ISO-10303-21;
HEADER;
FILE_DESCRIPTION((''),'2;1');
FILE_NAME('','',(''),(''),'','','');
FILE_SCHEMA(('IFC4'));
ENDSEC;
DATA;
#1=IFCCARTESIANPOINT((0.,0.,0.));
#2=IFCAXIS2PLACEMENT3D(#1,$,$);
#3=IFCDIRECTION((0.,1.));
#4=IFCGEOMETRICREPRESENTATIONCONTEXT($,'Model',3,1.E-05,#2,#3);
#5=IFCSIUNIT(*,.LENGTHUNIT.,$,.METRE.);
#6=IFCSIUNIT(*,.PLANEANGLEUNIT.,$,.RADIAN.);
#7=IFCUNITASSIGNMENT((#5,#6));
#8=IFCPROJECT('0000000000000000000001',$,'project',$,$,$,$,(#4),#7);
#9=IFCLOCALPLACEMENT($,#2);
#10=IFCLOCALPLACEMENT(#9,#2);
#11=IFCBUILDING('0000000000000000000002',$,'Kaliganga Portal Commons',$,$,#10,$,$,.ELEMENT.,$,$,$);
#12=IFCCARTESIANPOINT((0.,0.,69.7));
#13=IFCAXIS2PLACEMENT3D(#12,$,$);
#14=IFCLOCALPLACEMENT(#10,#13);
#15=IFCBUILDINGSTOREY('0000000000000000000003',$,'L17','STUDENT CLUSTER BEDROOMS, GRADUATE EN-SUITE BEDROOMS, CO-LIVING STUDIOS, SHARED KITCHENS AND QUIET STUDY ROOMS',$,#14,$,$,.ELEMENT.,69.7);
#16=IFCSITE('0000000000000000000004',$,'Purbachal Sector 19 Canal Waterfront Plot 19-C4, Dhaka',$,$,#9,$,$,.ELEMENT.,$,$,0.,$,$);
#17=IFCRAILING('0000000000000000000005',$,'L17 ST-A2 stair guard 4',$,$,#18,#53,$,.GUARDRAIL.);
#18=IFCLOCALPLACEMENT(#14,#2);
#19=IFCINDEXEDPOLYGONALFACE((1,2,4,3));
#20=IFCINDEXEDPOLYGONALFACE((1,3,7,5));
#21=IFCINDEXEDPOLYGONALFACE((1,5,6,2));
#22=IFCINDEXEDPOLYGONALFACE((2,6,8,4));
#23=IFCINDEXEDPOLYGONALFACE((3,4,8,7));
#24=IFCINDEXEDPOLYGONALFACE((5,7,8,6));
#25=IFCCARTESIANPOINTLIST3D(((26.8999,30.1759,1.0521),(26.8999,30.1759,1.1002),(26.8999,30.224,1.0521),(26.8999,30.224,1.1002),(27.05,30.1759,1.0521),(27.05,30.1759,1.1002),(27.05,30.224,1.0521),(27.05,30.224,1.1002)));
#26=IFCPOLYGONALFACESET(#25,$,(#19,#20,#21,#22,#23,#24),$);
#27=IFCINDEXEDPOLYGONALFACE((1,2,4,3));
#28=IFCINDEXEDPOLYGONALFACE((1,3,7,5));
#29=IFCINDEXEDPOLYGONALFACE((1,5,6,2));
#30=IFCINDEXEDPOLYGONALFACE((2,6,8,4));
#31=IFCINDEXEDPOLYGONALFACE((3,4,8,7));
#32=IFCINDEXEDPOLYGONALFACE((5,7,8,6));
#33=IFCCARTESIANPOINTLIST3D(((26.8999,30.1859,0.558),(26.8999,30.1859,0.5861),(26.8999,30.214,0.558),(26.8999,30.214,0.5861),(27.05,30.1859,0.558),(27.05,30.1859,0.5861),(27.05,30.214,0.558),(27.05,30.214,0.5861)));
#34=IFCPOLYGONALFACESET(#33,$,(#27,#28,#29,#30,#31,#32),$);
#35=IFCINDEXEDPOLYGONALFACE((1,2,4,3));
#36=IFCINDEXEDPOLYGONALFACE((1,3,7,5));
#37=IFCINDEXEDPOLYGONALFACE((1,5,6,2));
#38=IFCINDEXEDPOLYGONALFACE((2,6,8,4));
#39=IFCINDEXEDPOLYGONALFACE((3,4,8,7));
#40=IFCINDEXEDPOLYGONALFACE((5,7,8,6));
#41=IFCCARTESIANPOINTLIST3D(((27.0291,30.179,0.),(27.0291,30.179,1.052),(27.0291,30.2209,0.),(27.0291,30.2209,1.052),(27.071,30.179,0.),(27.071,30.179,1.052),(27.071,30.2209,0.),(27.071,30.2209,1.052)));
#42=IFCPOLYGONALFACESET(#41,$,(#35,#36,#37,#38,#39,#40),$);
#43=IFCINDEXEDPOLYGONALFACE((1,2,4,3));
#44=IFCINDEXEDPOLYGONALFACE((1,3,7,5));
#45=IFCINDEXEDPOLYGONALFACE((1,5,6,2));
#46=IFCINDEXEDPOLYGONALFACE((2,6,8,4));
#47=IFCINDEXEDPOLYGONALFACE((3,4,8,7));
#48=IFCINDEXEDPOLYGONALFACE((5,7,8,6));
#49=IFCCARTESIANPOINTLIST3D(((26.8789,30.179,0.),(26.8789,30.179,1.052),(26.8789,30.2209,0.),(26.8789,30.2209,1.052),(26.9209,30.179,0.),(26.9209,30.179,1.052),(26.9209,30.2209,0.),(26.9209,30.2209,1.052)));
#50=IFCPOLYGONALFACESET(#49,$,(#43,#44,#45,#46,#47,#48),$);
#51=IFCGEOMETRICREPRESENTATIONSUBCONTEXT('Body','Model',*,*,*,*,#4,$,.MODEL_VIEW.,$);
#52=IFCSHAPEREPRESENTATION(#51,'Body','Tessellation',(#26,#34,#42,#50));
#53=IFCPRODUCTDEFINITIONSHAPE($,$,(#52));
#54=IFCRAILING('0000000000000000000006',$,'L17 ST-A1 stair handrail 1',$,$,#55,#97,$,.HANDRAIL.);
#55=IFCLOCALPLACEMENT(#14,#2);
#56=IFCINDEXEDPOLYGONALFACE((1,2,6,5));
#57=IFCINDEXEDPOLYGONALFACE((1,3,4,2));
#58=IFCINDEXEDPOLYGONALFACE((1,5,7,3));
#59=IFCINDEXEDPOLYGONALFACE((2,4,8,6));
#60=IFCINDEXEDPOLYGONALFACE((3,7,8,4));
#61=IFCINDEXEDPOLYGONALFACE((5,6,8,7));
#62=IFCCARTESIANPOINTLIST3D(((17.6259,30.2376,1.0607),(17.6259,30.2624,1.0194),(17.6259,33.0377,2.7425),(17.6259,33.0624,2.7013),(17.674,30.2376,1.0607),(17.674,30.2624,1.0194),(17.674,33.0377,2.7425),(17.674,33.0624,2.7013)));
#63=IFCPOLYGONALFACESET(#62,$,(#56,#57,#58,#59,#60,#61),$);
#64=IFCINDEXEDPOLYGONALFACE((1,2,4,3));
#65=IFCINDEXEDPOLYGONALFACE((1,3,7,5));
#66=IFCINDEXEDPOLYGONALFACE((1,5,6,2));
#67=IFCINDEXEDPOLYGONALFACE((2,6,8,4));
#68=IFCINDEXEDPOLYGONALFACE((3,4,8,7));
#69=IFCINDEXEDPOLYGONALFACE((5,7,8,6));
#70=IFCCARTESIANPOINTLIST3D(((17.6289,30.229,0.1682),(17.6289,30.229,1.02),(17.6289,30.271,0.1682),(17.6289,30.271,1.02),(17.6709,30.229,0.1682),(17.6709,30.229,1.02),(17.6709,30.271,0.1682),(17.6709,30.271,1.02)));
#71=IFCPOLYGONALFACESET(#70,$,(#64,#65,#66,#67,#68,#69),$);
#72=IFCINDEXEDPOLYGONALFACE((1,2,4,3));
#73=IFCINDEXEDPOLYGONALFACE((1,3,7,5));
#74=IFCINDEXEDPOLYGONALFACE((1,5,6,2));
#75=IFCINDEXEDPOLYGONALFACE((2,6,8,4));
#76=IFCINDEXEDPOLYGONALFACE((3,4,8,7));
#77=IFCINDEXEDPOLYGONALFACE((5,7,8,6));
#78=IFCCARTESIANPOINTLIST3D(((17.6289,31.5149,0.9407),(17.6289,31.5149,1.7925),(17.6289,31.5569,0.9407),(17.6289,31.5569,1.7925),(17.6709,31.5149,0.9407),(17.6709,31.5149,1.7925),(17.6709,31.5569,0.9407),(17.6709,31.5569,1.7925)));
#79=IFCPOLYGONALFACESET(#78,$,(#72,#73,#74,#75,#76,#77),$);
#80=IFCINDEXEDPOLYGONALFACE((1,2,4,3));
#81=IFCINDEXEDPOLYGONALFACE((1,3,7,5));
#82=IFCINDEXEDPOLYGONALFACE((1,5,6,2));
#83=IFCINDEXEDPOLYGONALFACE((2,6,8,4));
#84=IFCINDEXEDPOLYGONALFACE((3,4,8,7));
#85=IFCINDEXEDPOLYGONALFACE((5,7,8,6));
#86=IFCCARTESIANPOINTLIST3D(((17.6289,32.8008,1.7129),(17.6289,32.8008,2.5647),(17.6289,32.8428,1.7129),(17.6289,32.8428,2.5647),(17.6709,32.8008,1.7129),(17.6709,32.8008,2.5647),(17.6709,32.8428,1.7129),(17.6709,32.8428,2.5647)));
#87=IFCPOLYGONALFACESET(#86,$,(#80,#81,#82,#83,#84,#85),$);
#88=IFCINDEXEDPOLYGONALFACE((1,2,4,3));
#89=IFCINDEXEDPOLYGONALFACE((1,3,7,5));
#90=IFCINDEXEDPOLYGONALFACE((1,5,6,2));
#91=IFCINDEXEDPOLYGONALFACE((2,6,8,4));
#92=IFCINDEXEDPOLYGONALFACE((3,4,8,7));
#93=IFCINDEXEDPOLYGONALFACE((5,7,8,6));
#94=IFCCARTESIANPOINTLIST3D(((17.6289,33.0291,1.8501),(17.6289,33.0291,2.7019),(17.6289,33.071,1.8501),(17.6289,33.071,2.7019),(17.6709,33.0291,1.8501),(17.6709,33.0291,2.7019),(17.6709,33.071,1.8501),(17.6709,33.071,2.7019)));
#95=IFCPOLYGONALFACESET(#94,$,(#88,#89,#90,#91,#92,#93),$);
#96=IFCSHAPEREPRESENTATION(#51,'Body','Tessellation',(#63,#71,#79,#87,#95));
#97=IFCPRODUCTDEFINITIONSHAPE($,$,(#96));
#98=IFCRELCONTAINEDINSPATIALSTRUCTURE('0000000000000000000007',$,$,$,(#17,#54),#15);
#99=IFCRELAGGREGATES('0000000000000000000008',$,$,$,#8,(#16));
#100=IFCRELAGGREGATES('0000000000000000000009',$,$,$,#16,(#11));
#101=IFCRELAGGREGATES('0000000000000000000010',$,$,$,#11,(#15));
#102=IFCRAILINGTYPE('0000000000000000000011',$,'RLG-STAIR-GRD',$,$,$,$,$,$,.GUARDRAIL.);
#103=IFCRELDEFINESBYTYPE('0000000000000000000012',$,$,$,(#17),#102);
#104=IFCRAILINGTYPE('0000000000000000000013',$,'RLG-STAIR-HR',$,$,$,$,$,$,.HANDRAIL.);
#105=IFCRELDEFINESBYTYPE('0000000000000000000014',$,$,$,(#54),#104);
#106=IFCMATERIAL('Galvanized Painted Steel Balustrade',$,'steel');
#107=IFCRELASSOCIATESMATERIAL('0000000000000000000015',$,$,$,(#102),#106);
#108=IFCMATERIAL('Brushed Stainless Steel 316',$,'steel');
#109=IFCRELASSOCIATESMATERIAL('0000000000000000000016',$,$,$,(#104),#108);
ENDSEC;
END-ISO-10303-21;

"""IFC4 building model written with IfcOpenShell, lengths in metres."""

from ifc_helpers import new_model, si_unit, direction, frame, origin, origin_2d, place, context, subcontext, project, spatial, rectangle, extrude, material, type_object, element, save


model = new_model("IFC4")

# Units and contexts
model_context = context("Model", 3, precision=1e-05, world=origin(), true_north=direction((0.0, 1.0)))
body_context = subcontext(model_context, "Body", "Model", "MODEL_VIEW")
ifc_project = project(units=[si_unit("LENGTHUNIT", "METRE"), si_unit("PLANEANGLEUNIT", "RADIAN")], contexts=[model_context])

# Site, building, storey
site_placement = place(None, origin())
site = spatial("IfcSite", under=ifc_project, at=site_placement, Name="Purbachal Sector 19 Canal Waterfront Plot 19-C4, Dhaka", CompositionType="ELEMENT", RefElevation=0.0)
building_placement = place(site_placement, origin())
building = spatial("IfcBuilding", under=site, at=building_placement, Name="Kaliganga Portal Commons", CompositionType="ELEMENT")
storey_placement = place(building_placement, frame((0.0, 0.0, 69.7)))
storey = spatial("IfcBuildingStorey", under=building, at=storey_placement, Name="L17", Description="STUDENT CLUSTER BEDROOMS, GRADUATE EN-SUITE BEDROOMS, CO-LIVING STUDIOS, SHARED KITCHENS AND QUIET STUDY ROOMS", CompositionType="ELEMENT", Elevation=69.7)

# Railings
ifc_material_1 = material(Name="Galvanized Painted Steel Balustrade", Category="steel")
railing_type_1 = type_object("IfcRailingType", Name="RLG-STAIR-GRD", PredefinedType="GUARDRAIL", material=ifc_material_1)
railing_1_placement = place(storey_placement, frame((27.05, 30.2, 0.0)))
element("IfcRailing", 1, at=railing_1_placement, inside=storey, type_object=railing_type_1, Name="L17 ST-A2 stair guard 4", PredefinedType="GUARDRAIL", context=body_context, shape_type="SweptSolid", body=[
    extrude(rectangle(XDim=0.0481, YDim=0.0481, at=origin_2d()), frame((0.0, 0.0, 1.0762), z_axis=(-1.0, 0.0, 0.0), x_axis=(0.0, -1.0, 0.0)), (0.0, 0.0, 1.0), 0.1501),
    extrude(rectangle(XDim=0.0281, YDim=0.0281, at=origin_2d()), frame((0.0, 0.0, 0.572), z_axis=(-1.0, 0.0, 0.0), x_axis=(0.0, -1.0, 0.0)), (0.0, 0.0, 1.0), 0.1501),
    extrude(rectangle(XDim=0.042, YDim=0.042, at=origin_2d()), origin(), (0.0, 0.0, 1.0), 1.052),
    extrude(rectangle(XDim=0.042, YDim=0.042, at=origin_2d()), frame((-0.1501, 0.0, 0.0)), (0.0, 0.0, 1.0), 1.052),
])
ifc_material_2 = material(Name="Brushed Stainless Steel 316", Category="steel")
railing_type_2 = type_object("IfcRailingType", Name="RLG-STAIR-HR", PredefinedType="HANDRAIL", material=ifc_material_2)
railing_2_placement = place(storey_placement, frame((17.6499, 30.25, 0.1682)))
element("IfcRailing", 2, at=railing_2_placement, inside=storey, type_object=railing_type_2, Name="L17 ST-A1 stair handrail 1", PredefinedType="HANDRAIL", context=body_context, shape_type="SweptSolid", body=[
    extrude(rectangle(XDim=0.0481, YDim=0.0481, at=origin_2d()), frame((0.0, 0.0, 0.8718), z_axis=(0.0, 0.857242, 0.514913), x_axis=(-1.0, 0.0, 0.0)), (0.0, 0.0, 1.0), 3.2664),
    extrude(rectangle(XDim=0.042, YDim=0.042, at=origin_2d()), origin(), (0.0, 0.0, 1.0), 0.8518),
    extrude(rectangle(XDim=0.042, YDim=0.042, at=origin_2d()), frame((0.0, 1.2859, 0.7725)), (0.0, 0.0, 1.0), 0.8518),
    extrude(rectangle(XDim=0.042, YDim=0.042, at=origin_2d()), frame((0.0, 2.5718, 1.5447)), (0.0, 0.0, 1.0), 0.8518),
    extrude(rectangle(XDim=0.042, YDim=0.042, at=origin_2d()), frame((0.0, 2.8, 1.6819)), (0.0, 0.0, 1.0), 0.8518),
])

save(model, "model.ifc")
